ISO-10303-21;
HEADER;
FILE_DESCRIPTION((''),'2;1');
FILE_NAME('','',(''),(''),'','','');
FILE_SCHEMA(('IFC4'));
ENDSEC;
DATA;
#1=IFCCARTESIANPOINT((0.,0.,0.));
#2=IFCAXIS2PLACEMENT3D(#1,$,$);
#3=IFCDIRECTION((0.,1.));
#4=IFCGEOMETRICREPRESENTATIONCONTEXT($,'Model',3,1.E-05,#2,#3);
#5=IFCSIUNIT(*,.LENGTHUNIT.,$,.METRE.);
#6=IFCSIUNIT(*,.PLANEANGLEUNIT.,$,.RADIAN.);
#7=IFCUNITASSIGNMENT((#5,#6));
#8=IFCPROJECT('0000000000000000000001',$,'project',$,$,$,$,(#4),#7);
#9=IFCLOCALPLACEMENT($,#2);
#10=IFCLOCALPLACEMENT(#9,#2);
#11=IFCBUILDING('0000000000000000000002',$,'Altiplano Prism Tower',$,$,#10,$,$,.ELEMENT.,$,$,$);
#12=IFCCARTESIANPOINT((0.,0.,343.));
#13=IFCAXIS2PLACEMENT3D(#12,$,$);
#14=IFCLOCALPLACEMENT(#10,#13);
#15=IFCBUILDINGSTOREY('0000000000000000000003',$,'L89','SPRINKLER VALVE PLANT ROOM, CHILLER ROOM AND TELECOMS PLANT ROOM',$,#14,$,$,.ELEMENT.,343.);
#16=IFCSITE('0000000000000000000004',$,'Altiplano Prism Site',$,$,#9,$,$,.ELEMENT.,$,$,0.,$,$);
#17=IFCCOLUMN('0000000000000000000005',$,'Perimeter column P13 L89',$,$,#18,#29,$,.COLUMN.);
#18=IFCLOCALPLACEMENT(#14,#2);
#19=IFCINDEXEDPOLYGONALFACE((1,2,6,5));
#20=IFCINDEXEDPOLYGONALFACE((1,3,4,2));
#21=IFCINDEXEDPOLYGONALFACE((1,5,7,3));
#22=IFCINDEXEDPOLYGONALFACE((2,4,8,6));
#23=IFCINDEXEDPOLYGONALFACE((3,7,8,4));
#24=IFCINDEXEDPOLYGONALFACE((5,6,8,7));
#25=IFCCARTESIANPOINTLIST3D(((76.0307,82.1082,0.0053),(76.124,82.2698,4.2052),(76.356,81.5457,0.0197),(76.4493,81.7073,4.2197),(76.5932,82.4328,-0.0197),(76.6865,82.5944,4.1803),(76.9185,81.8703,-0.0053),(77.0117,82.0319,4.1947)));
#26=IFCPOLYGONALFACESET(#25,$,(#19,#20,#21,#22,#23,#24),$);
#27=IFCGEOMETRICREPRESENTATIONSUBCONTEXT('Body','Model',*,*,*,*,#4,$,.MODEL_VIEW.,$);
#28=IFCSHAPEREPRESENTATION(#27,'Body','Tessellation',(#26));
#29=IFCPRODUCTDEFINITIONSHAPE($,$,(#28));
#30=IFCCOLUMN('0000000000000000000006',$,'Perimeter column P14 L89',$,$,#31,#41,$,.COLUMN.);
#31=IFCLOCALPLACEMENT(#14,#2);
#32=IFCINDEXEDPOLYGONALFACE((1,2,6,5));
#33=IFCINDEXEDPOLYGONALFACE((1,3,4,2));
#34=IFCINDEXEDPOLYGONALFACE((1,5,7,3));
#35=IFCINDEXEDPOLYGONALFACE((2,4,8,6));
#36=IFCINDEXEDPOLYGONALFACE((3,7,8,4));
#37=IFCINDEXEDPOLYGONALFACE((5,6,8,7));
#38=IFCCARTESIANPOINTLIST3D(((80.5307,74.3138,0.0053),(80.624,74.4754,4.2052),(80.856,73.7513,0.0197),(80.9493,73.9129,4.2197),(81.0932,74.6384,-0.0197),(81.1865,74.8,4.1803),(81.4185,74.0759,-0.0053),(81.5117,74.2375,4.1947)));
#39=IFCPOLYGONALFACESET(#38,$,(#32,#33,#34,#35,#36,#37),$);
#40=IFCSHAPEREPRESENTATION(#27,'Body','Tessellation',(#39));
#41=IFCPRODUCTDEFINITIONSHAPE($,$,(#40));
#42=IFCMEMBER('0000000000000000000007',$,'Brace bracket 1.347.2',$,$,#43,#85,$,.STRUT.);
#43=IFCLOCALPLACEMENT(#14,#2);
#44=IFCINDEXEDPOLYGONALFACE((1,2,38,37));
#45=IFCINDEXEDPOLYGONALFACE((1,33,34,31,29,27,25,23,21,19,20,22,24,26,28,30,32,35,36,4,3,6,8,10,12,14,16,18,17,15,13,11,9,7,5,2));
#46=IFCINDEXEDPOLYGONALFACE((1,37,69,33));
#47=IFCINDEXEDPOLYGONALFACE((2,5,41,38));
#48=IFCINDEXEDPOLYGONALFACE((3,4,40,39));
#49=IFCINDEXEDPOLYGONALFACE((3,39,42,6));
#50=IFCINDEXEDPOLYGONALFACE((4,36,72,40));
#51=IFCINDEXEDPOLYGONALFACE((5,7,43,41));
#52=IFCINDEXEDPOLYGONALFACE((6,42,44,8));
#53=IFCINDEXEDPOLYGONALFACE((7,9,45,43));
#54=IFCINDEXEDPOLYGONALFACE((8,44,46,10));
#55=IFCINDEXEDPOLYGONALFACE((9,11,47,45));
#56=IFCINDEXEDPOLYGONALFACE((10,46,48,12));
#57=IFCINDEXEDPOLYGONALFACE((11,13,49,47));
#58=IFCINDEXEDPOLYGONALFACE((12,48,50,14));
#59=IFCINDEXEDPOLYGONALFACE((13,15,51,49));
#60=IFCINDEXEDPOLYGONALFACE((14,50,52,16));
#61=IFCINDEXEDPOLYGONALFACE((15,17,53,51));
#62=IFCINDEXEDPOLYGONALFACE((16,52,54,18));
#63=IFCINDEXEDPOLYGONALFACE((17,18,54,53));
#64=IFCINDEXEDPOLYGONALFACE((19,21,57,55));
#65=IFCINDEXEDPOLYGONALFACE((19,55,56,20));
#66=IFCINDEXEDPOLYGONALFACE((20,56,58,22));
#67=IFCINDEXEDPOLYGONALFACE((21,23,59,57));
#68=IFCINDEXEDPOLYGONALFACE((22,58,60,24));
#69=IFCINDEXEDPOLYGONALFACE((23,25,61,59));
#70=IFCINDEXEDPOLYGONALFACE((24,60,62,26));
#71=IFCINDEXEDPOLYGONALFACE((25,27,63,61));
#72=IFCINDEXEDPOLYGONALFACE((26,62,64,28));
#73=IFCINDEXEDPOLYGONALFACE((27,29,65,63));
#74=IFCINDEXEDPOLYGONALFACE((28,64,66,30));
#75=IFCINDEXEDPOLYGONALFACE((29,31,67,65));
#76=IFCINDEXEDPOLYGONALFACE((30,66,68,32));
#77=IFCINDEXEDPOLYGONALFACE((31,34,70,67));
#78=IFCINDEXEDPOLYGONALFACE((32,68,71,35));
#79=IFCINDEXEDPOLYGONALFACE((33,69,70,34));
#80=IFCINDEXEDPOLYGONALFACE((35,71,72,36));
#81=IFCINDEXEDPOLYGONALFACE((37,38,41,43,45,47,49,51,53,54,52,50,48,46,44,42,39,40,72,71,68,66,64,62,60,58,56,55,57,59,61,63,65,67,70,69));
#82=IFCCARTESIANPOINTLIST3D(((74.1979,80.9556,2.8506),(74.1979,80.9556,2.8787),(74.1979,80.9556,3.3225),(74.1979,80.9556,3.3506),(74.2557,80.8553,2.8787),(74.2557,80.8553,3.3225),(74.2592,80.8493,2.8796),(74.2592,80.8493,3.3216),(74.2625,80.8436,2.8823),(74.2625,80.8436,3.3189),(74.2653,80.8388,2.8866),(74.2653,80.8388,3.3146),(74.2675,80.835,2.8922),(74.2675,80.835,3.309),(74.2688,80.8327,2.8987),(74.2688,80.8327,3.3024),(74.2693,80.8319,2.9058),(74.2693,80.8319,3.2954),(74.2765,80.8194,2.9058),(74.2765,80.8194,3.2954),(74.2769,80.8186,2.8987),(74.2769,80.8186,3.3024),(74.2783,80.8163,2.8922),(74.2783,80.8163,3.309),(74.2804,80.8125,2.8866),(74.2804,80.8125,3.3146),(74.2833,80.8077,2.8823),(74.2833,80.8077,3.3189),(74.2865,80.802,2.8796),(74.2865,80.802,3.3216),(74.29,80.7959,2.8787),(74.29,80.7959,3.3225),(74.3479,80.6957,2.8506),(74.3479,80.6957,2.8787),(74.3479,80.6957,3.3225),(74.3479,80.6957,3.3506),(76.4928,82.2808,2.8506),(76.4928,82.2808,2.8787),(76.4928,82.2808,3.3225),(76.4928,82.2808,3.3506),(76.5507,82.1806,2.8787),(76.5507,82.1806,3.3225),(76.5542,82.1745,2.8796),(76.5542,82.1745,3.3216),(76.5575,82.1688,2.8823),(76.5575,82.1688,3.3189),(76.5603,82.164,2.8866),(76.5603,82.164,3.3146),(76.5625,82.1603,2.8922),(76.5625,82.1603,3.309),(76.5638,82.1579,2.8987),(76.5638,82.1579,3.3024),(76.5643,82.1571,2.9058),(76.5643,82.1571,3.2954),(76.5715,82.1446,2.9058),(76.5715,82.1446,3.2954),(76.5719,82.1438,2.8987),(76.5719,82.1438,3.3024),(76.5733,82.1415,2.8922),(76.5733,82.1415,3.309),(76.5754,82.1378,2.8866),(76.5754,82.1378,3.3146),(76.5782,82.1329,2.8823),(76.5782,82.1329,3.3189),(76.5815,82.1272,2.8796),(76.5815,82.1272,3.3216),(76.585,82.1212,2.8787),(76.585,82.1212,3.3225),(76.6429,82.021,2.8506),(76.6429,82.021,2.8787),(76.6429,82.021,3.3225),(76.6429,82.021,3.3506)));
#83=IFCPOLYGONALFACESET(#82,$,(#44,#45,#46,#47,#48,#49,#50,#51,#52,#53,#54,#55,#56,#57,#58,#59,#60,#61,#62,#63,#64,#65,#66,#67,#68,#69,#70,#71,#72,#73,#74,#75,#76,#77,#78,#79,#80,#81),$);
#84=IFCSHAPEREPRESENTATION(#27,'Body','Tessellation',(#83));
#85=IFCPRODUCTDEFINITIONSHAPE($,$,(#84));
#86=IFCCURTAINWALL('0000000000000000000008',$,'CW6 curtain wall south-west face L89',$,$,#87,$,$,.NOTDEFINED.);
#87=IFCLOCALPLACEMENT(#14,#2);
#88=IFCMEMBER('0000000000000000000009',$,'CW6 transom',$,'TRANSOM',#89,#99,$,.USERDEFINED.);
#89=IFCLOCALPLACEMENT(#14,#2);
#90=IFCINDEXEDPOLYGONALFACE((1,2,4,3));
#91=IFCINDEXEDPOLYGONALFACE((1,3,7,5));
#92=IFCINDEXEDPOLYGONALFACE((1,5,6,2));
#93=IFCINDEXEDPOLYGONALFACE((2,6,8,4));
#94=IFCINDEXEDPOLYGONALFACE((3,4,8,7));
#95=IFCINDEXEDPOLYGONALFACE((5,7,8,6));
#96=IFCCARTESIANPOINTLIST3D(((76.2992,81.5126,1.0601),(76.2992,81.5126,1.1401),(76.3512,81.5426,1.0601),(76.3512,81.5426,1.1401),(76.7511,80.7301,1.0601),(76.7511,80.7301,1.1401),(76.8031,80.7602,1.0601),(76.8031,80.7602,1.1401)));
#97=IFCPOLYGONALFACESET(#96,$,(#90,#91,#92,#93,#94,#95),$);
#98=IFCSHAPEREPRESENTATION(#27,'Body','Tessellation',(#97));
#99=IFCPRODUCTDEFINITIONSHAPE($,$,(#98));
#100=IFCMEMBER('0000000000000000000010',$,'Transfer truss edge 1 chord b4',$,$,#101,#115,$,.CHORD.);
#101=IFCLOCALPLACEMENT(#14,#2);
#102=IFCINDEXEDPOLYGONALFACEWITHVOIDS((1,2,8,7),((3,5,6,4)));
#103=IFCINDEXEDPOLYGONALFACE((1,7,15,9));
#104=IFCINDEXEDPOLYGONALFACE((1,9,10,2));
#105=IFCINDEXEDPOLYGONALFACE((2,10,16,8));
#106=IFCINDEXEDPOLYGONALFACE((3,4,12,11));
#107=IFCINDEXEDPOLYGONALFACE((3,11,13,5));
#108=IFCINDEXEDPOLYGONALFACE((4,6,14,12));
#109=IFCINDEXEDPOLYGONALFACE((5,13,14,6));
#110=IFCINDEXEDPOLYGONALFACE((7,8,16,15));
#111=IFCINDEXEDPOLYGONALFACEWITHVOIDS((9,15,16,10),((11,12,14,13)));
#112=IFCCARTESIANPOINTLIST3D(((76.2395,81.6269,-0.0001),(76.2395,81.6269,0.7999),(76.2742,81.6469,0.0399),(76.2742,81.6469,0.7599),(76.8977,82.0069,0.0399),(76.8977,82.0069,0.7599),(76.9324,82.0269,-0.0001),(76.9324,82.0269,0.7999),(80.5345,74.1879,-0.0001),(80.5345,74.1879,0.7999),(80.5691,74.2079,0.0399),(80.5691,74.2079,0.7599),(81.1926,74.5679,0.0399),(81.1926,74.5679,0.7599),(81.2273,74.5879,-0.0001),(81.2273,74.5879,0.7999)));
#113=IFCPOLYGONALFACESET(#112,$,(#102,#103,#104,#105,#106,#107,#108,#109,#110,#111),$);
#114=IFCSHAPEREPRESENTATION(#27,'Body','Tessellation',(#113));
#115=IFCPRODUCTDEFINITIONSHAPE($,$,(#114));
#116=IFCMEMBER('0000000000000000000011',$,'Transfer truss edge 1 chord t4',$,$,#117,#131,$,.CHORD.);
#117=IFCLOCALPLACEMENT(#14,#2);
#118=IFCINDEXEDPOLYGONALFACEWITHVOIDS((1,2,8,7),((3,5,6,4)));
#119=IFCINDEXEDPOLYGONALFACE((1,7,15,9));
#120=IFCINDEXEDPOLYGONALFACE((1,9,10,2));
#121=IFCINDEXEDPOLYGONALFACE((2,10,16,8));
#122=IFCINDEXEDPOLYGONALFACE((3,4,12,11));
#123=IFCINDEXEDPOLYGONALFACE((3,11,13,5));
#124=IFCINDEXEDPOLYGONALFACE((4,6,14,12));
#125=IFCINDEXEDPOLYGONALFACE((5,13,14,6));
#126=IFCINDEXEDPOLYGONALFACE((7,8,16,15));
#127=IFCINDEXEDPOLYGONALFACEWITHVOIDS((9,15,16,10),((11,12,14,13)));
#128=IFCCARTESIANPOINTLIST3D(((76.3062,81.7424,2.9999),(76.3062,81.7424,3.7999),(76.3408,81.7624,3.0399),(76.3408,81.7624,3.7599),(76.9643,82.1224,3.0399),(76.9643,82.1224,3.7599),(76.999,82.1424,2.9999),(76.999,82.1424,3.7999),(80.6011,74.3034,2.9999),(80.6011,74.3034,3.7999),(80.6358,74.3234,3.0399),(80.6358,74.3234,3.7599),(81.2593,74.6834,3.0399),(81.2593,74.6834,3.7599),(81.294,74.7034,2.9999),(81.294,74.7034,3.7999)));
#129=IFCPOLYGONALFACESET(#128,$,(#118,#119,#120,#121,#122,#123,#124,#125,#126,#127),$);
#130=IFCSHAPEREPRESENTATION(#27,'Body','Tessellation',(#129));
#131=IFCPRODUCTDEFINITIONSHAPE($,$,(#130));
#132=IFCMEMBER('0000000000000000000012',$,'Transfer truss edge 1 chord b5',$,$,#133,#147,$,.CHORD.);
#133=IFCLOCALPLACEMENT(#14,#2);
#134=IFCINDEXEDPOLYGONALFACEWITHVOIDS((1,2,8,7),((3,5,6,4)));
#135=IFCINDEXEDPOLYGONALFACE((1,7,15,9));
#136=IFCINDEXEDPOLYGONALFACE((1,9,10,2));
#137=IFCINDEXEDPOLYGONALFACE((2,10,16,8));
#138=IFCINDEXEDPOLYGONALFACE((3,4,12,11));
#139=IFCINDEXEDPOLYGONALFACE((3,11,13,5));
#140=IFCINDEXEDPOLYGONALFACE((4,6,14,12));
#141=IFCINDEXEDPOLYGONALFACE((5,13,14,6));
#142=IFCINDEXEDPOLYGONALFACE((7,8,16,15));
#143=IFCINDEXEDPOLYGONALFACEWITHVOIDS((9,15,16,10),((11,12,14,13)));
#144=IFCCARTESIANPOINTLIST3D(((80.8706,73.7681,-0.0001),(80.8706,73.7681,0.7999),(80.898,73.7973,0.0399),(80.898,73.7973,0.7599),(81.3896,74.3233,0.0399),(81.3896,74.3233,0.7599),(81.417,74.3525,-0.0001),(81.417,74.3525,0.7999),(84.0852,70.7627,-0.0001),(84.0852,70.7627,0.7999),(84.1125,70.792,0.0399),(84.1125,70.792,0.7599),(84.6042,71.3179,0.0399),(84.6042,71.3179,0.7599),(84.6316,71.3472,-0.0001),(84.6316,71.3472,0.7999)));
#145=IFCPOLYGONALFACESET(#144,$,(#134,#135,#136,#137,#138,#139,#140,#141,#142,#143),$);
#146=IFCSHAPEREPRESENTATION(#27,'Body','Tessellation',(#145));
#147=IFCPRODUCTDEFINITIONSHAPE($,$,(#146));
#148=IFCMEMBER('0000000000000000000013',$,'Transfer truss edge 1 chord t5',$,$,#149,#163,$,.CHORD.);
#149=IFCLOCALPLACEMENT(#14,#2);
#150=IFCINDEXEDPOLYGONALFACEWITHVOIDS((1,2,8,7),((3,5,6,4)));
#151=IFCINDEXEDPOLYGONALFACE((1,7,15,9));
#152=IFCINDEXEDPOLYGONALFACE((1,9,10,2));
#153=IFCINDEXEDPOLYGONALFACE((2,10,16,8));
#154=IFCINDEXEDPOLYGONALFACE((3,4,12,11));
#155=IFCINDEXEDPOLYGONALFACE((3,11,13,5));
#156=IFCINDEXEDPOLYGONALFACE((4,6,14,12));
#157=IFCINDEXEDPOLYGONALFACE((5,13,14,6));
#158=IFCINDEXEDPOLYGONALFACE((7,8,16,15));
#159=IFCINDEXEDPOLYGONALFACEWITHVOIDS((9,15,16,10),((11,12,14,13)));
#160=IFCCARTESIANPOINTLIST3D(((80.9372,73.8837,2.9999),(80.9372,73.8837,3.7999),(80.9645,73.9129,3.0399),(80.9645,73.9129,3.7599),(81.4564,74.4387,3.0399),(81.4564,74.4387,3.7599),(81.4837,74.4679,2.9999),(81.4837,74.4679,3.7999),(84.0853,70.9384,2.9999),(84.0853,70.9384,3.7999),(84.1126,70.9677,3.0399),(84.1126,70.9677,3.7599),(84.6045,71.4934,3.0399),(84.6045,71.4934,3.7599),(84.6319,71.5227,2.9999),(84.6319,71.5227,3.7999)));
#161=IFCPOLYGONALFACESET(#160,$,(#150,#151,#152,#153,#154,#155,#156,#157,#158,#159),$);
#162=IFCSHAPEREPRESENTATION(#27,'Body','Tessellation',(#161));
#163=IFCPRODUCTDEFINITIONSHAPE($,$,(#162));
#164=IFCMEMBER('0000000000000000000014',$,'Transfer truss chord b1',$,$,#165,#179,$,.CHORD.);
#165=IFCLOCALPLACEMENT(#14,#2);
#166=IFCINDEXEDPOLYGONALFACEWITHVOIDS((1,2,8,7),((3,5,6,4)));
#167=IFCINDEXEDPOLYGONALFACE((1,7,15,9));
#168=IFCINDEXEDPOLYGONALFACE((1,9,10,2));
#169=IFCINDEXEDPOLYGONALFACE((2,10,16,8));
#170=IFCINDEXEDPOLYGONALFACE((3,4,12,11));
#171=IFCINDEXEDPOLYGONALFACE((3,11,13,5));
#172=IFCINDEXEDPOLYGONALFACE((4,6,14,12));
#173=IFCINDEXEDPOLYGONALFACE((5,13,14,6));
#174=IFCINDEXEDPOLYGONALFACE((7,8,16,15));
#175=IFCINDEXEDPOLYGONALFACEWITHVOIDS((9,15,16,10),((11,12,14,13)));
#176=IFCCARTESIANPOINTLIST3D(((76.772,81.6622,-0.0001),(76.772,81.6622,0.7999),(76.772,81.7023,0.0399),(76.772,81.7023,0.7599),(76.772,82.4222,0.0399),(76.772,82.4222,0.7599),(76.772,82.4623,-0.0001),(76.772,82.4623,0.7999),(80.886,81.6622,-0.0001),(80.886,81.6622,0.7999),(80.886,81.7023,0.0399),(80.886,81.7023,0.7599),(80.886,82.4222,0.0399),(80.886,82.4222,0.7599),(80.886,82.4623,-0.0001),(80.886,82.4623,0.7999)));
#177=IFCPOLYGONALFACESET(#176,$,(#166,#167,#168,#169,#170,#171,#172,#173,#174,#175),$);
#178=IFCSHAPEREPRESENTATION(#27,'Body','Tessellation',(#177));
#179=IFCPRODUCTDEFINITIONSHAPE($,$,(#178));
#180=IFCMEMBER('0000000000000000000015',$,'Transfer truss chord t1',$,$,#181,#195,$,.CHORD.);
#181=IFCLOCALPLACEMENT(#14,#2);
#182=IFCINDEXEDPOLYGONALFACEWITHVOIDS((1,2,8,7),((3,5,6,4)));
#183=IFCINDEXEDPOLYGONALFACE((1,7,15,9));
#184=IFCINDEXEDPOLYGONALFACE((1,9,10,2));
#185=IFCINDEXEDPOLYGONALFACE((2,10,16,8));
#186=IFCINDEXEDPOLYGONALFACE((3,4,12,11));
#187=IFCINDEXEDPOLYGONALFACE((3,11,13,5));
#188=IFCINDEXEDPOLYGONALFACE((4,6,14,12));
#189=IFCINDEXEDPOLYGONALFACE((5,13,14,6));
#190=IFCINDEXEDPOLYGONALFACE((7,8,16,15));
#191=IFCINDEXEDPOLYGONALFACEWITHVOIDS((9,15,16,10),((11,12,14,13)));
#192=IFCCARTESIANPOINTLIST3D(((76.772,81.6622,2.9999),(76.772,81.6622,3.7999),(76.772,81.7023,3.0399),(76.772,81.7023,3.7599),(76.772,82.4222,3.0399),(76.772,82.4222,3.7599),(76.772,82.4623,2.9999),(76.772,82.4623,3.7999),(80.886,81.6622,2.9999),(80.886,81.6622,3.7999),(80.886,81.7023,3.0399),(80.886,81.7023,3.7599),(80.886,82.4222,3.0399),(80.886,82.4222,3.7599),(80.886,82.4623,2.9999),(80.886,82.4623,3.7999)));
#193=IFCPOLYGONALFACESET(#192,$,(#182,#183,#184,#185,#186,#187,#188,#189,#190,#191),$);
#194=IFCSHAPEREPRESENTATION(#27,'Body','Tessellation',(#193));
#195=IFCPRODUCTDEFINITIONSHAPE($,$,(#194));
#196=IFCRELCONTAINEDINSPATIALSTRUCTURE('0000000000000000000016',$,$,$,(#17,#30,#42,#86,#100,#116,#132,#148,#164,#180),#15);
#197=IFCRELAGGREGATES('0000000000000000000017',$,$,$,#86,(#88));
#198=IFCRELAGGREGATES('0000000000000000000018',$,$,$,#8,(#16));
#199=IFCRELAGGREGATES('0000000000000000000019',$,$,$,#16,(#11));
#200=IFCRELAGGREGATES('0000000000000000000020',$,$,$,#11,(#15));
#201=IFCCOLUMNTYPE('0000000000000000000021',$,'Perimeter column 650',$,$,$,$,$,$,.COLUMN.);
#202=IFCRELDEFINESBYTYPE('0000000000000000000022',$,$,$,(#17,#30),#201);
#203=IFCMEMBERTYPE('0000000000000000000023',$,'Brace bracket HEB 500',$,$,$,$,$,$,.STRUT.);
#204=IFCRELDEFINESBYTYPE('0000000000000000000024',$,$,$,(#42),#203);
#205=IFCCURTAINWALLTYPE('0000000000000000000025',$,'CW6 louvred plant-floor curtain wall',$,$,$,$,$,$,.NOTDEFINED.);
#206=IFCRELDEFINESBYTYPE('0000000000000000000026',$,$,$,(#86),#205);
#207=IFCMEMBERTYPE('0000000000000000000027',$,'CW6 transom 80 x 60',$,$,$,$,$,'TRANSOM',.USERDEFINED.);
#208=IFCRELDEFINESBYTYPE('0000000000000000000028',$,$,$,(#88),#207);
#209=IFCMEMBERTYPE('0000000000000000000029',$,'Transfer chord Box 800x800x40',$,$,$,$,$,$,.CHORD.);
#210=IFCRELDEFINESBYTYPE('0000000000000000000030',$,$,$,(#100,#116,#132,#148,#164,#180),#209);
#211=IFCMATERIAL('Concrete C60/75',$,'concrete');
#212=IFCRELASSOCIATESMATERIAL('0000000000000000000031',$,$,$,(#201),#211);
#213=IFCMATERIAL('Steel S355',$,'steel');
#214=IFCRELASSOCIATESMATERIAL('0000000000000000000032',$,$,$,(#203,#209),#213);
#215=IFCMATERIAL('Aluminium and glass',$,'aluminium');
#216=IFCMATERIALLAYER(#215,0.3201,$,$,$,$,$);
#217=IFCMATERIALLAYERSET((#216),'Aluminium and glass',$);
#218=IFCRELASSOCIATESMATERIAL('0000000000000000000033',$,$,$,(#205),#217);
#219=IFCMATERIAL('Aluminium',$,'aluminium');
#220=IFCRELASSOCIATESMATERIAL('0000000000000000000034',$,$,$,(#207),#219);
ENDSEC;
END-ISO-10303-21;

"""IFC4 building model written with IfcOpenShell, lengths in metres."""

from ifc_helpers import new_model, si_unit, direction, frame, origin, origin_2d, place, context, subcontext, project, spatial, rectangle, hollow_rectangle, i_section, extrude, material, layer, layer_set, material_profile, profile_set, type_object, element, aggregate, save


model = new_model("IFC4")

# Units and contexts
model_context = context("Model", 3, precision=1e-05, world=origin(), true_north=direction((0.0, 1.0)))
body_context = subcontext(model_context, "Body", "Model", "MODEL_VIEW")
ifc_project = project(units=[si_unit("LENGTHUNIT", "METRE"), si_unit("PLANEANGLEUNIT", "RADIAN")], contexts=[model_context])

# Site, building, storey
site_placement = place(None, origin())
site = spatial("IfcSite", under=ifc_project, at=site_placement, Name="Altiplano Prism Site", CompositionType="ELEMENT", RefElevation=0.0)
building_placement = place(site_placement, origin())
building = spatial("IfcBuilding", under=site, at=building_placement, Name="Altiplano Prism Tower", CompositionType="ELEMENT")
storey_placement = place(building_placement, frame((0.0, 0.0, 343.0)))
storey = spatial("IfcBuildingStorey", under=building, at=storey_placement, Name="L89", Description="SPRINKLER VALVE PLANT ROOM, CHILLER ROOM AND TELECOMS PLANT ROOM", CompositionType="ELEMENT", Elevation=343.0)

# Columns
ifc_material_1 = material(Name="Concrete C60/75", Category="concrete")
ifc_material_profile_1 = material_profile(ifc_material_1, rectangle(XDim=0.6499, YDim=0.6499, at=origin_2d()), Name="Perimeter column 650")
ifc_profile_set_1 = profile_set([ifc_material_profile_1], Name="Concrete C60/75")
column_type = type_object("IfcColumnType", Name="Perimeter column 650", PredefinedType="COLUMN", material=ifc_profile_set_1)
for number, where, z_axis, x_axis, name in (
    (1, (76.4746, 81.9893, 0.0), (0.022184, 0.038444, 0.999014), (-0.865482, -0.499464, 0.038439), "Perimeter column P13 L89"),
    (2, (80.9746, 74.1948, 0.0), (0.022184, 0.038444, 0.999014), (-0.86548, -0.499466, 0.038439), "Perimeter column P14 L89"),
):
    element("IfcColumn", number, at=place(storey_placement, frame(where, z_axis=z_axis, x_axis=x_axis)), inside=storey, type_object=column_type, Name=name, PredefinedType="COLUMN", context=body_context, shape_type="SweptSolid", body=[
        extrude(rectangle(XDim=0.6499, YDim=0.6499, at=origin_2d()), origin(), (0.0, 0.0, 1.0), 4.2041),
    ])

# Member
ifc_material_2 = material(Name="Steel S355", Category="steel")
ifc_material_profile_2 = material_profile(ifc_material_2, i_section(OverallWidth=0.3, OverallDepth=0.5, WebThickness=0.0144, FlangeThickness=0.0281, FilletRadius=0.0271, at=origin_2d()), Name="Brace bracket HEB 500")
ifc_profile_set_2 = profile_set([ifc_material_profile_2], Name="Steel S355")
member_type_1 = type_object("IfcMemberType", Name="Brace bracket HEB 500", PredefinedType="STRUT", material=ifc_profile_set_2)
member_1_placement = place(storey_placement, frame((76.5679, 82.1509, 3.1006), z_axis=(-0.865989, -0.500063, 0.0), x_axis=(0.500063, -0.865989, 0.0)))
element("IfcMember", 3, at=member_1_placement, inside=storey, type_object=member_type_1, Name="Brace bracket 1.347.2", PredefinedType="STRUT", context=body_context, shape_type="SweptSolid", body=[
    extrude(i_section(OverallWidth=0.3, OverallDepth=0.5, WebThickness=0.0144, FlangeThickness=0.0281, FilletRadius=0.0271, at=origin_2d()), origin(), (0.0, 0.0, 1.0), 2.6501),
])

# Curtain wall, member
ifc_material_3 = material(Name="Aluminium and glass", Category="aluminium")
ifc_layer_1 = layer(ifc_material_3, 0.3201)
ifc_layer_set_1 = layer_set([ifc_layer_1], Name="Aluminium and glass")
curtain_wall_type = type_object("IfcCurtainWallType", Name="CW6 louvred plant-floor curtain wall", PredefinedType="NOTDEFINED", material=ifc_layer_set_1)
curtain_wall_placement = place(storey_placement, origin())
curtain_wall = element("IfcCurtainWall", 4, at=curtain_wall_placement, inside=storey, type_object=curtain_wall_type, Name="CW6 curtain wall south-west face L89", PredefinedType="NOTDEFINED")
ifc_material_4 = material(Name="Aluminium", Category="aluminium")
ifc_material_profile_3 = material_profile(ifc_material_4, rectangle(XDim=0.0601, YDim=0.0801, at=origin_2d()), Name="CW6 transom 80 x 60")
ifc_profile_set_3 = profile_set([ifc_material_profile_3], Name="Aluminium")
member_type_2 = type_object("IfcMemberType", Name="CW6 transom 80 x 60", ElementType="TRANSOM", PredefinedType="USERDEFINED", material=ifc_profile_set_3)
member_2_placement = place(storey_placement, frame((76.3252, 81.5276, 1.1001), z_axis=(0.50012, -0.865956, 0.0), x_axis=(0.865956, 0.50012, 0.0)))
member_2 = element("IfcMember", 5, at=member_2_placement, type_object=member_type_2, Name="CW6 transom", ObjectType="TRANSOM", PredefinedType="USERDEFINED", context=body_context, shape_type="SweptSolid", body=[
    extrude(rectangle(XDim=0.0601, YDim=0.0801, at=origin_2d()), origin(), (0.0, 0.0, 1.0), 0.9036),
])

# Members
ifc_material_profile_4 = material_profile(ifc_material_2, hollow_rectangle(XDim=0.8, YDim=0.8, WallThickness=0.04, at=origin_2d()), Name="Transfer chord Box 800x800x40")
ifc_profile_set_4 = profile_set([ifc_material_profile_4], Name="Steel S355")
member_type_3 = type_object("IfcMemberType", Name="Transfer chord Box 800x800x40", PredefinedType="CHORD", material=ifc_profile_set_4)
for number, where, z_axis, x_axis, name in (
    (6, (76.5859, 81.8269, 0.3999), (0.500003, -0.866024, 0.0), (0.866024, 0.500003, 0.0), "Transfer truss edge 1 chord b4"),
    (7, (76.6526, 81.9424, 3.3999), (0.500003, -0.866024, 0.0), (0.866024, 0.500003, 0.0), "Transfer truss edge 1 chord t4"),
):
    element("IfcMember", number, at=place(storey_placement, frame(where, z_axis=z_axis, x_axis=x_axis)), inside=storey, type_object=member_type_3, Name=name, PredefinedType="CHORD", context=body_context, shape_type="SweptSolid", body=[
        extrude(hollow_rectangle(XDim=0.8, YDim=0.8, WallThickness=0.04, at=origin_2d()), origin(), (0.0, 0.0, 1.0), 8.5898),
    ])
member_3_placement = place(storey_placement, frame((81.1438, 74.0603, 0.3999), z_axis=(0.730479, -0.682935, 0.0), x_axis=(0.682935, 0.730479, 0.0)))
element("IfcMember", 8, at=member_3_placement, inside=storey, type_object=member_type_3, Name="Transfer truss edge 1 chord b5", PredefinedType="CHORD", context=body_context, shape_type="SweptSolid", body=[
    extrude(hollow_rectangle(XDim=0.8, YDim=0.8, WallThickness=0.04, at=origin_2d()), origin(), (0.0, 0.0, 1.0), 4.4006),
])
member_4_placement = place(storey_placement, frame((81.2104, 74.1758, 3.3999), z_axis=(0.730245, -0.683185, 0.0), x_axis=(0.683185, 0.730245, 0.0)))
element("IfcMember", 9, at=member_4_placement, inside=storey, type_object=member_type_3, Name="Transfer truss edge 1 chord t5", PredefinedType="CHORD", context=body_context, shape_type="SweptSolid", body=[
    extrude(hollow_rectangle(XDim=0.8, YDim=0.8, WallThickness=0.04, at=origin_2d()), origin(), (0.0, 0.0, 1.0), 4.311),
])
for number, where, z_axis, x_axis, name in (
    (10, (76.772, 82.0623, 0.3999), (1.0, 0.0, 0.0), (0.0, 1.0, 0.0), "Transfer truss chord b1"),
    (11, (76.772, 82.0623, 3.3999), (1.0, 0.0, 0.0), (0.0, 1.0, 0.0), "Transfer truss chord t1"),
):
    element("IfcMember", number, at=place(storey_placement, frame(where, z_axis=z_axis, x_axis=x_axis)), inside=storey, type_object=member_type_3, Name=name, PredefinedType="CHORD", context=body_context, shape_type="SweptSolid", body=[
        extrude(hollow_rectangle(XDim=0.8, YDim=0.8, WallThickness=0.04, at=origin_2d()), origin(), (0.0, 0.0, 1.0), 4.114),
    ])

aggregate(curtain_wall, [member_2])

save(model, "model.ifc")
